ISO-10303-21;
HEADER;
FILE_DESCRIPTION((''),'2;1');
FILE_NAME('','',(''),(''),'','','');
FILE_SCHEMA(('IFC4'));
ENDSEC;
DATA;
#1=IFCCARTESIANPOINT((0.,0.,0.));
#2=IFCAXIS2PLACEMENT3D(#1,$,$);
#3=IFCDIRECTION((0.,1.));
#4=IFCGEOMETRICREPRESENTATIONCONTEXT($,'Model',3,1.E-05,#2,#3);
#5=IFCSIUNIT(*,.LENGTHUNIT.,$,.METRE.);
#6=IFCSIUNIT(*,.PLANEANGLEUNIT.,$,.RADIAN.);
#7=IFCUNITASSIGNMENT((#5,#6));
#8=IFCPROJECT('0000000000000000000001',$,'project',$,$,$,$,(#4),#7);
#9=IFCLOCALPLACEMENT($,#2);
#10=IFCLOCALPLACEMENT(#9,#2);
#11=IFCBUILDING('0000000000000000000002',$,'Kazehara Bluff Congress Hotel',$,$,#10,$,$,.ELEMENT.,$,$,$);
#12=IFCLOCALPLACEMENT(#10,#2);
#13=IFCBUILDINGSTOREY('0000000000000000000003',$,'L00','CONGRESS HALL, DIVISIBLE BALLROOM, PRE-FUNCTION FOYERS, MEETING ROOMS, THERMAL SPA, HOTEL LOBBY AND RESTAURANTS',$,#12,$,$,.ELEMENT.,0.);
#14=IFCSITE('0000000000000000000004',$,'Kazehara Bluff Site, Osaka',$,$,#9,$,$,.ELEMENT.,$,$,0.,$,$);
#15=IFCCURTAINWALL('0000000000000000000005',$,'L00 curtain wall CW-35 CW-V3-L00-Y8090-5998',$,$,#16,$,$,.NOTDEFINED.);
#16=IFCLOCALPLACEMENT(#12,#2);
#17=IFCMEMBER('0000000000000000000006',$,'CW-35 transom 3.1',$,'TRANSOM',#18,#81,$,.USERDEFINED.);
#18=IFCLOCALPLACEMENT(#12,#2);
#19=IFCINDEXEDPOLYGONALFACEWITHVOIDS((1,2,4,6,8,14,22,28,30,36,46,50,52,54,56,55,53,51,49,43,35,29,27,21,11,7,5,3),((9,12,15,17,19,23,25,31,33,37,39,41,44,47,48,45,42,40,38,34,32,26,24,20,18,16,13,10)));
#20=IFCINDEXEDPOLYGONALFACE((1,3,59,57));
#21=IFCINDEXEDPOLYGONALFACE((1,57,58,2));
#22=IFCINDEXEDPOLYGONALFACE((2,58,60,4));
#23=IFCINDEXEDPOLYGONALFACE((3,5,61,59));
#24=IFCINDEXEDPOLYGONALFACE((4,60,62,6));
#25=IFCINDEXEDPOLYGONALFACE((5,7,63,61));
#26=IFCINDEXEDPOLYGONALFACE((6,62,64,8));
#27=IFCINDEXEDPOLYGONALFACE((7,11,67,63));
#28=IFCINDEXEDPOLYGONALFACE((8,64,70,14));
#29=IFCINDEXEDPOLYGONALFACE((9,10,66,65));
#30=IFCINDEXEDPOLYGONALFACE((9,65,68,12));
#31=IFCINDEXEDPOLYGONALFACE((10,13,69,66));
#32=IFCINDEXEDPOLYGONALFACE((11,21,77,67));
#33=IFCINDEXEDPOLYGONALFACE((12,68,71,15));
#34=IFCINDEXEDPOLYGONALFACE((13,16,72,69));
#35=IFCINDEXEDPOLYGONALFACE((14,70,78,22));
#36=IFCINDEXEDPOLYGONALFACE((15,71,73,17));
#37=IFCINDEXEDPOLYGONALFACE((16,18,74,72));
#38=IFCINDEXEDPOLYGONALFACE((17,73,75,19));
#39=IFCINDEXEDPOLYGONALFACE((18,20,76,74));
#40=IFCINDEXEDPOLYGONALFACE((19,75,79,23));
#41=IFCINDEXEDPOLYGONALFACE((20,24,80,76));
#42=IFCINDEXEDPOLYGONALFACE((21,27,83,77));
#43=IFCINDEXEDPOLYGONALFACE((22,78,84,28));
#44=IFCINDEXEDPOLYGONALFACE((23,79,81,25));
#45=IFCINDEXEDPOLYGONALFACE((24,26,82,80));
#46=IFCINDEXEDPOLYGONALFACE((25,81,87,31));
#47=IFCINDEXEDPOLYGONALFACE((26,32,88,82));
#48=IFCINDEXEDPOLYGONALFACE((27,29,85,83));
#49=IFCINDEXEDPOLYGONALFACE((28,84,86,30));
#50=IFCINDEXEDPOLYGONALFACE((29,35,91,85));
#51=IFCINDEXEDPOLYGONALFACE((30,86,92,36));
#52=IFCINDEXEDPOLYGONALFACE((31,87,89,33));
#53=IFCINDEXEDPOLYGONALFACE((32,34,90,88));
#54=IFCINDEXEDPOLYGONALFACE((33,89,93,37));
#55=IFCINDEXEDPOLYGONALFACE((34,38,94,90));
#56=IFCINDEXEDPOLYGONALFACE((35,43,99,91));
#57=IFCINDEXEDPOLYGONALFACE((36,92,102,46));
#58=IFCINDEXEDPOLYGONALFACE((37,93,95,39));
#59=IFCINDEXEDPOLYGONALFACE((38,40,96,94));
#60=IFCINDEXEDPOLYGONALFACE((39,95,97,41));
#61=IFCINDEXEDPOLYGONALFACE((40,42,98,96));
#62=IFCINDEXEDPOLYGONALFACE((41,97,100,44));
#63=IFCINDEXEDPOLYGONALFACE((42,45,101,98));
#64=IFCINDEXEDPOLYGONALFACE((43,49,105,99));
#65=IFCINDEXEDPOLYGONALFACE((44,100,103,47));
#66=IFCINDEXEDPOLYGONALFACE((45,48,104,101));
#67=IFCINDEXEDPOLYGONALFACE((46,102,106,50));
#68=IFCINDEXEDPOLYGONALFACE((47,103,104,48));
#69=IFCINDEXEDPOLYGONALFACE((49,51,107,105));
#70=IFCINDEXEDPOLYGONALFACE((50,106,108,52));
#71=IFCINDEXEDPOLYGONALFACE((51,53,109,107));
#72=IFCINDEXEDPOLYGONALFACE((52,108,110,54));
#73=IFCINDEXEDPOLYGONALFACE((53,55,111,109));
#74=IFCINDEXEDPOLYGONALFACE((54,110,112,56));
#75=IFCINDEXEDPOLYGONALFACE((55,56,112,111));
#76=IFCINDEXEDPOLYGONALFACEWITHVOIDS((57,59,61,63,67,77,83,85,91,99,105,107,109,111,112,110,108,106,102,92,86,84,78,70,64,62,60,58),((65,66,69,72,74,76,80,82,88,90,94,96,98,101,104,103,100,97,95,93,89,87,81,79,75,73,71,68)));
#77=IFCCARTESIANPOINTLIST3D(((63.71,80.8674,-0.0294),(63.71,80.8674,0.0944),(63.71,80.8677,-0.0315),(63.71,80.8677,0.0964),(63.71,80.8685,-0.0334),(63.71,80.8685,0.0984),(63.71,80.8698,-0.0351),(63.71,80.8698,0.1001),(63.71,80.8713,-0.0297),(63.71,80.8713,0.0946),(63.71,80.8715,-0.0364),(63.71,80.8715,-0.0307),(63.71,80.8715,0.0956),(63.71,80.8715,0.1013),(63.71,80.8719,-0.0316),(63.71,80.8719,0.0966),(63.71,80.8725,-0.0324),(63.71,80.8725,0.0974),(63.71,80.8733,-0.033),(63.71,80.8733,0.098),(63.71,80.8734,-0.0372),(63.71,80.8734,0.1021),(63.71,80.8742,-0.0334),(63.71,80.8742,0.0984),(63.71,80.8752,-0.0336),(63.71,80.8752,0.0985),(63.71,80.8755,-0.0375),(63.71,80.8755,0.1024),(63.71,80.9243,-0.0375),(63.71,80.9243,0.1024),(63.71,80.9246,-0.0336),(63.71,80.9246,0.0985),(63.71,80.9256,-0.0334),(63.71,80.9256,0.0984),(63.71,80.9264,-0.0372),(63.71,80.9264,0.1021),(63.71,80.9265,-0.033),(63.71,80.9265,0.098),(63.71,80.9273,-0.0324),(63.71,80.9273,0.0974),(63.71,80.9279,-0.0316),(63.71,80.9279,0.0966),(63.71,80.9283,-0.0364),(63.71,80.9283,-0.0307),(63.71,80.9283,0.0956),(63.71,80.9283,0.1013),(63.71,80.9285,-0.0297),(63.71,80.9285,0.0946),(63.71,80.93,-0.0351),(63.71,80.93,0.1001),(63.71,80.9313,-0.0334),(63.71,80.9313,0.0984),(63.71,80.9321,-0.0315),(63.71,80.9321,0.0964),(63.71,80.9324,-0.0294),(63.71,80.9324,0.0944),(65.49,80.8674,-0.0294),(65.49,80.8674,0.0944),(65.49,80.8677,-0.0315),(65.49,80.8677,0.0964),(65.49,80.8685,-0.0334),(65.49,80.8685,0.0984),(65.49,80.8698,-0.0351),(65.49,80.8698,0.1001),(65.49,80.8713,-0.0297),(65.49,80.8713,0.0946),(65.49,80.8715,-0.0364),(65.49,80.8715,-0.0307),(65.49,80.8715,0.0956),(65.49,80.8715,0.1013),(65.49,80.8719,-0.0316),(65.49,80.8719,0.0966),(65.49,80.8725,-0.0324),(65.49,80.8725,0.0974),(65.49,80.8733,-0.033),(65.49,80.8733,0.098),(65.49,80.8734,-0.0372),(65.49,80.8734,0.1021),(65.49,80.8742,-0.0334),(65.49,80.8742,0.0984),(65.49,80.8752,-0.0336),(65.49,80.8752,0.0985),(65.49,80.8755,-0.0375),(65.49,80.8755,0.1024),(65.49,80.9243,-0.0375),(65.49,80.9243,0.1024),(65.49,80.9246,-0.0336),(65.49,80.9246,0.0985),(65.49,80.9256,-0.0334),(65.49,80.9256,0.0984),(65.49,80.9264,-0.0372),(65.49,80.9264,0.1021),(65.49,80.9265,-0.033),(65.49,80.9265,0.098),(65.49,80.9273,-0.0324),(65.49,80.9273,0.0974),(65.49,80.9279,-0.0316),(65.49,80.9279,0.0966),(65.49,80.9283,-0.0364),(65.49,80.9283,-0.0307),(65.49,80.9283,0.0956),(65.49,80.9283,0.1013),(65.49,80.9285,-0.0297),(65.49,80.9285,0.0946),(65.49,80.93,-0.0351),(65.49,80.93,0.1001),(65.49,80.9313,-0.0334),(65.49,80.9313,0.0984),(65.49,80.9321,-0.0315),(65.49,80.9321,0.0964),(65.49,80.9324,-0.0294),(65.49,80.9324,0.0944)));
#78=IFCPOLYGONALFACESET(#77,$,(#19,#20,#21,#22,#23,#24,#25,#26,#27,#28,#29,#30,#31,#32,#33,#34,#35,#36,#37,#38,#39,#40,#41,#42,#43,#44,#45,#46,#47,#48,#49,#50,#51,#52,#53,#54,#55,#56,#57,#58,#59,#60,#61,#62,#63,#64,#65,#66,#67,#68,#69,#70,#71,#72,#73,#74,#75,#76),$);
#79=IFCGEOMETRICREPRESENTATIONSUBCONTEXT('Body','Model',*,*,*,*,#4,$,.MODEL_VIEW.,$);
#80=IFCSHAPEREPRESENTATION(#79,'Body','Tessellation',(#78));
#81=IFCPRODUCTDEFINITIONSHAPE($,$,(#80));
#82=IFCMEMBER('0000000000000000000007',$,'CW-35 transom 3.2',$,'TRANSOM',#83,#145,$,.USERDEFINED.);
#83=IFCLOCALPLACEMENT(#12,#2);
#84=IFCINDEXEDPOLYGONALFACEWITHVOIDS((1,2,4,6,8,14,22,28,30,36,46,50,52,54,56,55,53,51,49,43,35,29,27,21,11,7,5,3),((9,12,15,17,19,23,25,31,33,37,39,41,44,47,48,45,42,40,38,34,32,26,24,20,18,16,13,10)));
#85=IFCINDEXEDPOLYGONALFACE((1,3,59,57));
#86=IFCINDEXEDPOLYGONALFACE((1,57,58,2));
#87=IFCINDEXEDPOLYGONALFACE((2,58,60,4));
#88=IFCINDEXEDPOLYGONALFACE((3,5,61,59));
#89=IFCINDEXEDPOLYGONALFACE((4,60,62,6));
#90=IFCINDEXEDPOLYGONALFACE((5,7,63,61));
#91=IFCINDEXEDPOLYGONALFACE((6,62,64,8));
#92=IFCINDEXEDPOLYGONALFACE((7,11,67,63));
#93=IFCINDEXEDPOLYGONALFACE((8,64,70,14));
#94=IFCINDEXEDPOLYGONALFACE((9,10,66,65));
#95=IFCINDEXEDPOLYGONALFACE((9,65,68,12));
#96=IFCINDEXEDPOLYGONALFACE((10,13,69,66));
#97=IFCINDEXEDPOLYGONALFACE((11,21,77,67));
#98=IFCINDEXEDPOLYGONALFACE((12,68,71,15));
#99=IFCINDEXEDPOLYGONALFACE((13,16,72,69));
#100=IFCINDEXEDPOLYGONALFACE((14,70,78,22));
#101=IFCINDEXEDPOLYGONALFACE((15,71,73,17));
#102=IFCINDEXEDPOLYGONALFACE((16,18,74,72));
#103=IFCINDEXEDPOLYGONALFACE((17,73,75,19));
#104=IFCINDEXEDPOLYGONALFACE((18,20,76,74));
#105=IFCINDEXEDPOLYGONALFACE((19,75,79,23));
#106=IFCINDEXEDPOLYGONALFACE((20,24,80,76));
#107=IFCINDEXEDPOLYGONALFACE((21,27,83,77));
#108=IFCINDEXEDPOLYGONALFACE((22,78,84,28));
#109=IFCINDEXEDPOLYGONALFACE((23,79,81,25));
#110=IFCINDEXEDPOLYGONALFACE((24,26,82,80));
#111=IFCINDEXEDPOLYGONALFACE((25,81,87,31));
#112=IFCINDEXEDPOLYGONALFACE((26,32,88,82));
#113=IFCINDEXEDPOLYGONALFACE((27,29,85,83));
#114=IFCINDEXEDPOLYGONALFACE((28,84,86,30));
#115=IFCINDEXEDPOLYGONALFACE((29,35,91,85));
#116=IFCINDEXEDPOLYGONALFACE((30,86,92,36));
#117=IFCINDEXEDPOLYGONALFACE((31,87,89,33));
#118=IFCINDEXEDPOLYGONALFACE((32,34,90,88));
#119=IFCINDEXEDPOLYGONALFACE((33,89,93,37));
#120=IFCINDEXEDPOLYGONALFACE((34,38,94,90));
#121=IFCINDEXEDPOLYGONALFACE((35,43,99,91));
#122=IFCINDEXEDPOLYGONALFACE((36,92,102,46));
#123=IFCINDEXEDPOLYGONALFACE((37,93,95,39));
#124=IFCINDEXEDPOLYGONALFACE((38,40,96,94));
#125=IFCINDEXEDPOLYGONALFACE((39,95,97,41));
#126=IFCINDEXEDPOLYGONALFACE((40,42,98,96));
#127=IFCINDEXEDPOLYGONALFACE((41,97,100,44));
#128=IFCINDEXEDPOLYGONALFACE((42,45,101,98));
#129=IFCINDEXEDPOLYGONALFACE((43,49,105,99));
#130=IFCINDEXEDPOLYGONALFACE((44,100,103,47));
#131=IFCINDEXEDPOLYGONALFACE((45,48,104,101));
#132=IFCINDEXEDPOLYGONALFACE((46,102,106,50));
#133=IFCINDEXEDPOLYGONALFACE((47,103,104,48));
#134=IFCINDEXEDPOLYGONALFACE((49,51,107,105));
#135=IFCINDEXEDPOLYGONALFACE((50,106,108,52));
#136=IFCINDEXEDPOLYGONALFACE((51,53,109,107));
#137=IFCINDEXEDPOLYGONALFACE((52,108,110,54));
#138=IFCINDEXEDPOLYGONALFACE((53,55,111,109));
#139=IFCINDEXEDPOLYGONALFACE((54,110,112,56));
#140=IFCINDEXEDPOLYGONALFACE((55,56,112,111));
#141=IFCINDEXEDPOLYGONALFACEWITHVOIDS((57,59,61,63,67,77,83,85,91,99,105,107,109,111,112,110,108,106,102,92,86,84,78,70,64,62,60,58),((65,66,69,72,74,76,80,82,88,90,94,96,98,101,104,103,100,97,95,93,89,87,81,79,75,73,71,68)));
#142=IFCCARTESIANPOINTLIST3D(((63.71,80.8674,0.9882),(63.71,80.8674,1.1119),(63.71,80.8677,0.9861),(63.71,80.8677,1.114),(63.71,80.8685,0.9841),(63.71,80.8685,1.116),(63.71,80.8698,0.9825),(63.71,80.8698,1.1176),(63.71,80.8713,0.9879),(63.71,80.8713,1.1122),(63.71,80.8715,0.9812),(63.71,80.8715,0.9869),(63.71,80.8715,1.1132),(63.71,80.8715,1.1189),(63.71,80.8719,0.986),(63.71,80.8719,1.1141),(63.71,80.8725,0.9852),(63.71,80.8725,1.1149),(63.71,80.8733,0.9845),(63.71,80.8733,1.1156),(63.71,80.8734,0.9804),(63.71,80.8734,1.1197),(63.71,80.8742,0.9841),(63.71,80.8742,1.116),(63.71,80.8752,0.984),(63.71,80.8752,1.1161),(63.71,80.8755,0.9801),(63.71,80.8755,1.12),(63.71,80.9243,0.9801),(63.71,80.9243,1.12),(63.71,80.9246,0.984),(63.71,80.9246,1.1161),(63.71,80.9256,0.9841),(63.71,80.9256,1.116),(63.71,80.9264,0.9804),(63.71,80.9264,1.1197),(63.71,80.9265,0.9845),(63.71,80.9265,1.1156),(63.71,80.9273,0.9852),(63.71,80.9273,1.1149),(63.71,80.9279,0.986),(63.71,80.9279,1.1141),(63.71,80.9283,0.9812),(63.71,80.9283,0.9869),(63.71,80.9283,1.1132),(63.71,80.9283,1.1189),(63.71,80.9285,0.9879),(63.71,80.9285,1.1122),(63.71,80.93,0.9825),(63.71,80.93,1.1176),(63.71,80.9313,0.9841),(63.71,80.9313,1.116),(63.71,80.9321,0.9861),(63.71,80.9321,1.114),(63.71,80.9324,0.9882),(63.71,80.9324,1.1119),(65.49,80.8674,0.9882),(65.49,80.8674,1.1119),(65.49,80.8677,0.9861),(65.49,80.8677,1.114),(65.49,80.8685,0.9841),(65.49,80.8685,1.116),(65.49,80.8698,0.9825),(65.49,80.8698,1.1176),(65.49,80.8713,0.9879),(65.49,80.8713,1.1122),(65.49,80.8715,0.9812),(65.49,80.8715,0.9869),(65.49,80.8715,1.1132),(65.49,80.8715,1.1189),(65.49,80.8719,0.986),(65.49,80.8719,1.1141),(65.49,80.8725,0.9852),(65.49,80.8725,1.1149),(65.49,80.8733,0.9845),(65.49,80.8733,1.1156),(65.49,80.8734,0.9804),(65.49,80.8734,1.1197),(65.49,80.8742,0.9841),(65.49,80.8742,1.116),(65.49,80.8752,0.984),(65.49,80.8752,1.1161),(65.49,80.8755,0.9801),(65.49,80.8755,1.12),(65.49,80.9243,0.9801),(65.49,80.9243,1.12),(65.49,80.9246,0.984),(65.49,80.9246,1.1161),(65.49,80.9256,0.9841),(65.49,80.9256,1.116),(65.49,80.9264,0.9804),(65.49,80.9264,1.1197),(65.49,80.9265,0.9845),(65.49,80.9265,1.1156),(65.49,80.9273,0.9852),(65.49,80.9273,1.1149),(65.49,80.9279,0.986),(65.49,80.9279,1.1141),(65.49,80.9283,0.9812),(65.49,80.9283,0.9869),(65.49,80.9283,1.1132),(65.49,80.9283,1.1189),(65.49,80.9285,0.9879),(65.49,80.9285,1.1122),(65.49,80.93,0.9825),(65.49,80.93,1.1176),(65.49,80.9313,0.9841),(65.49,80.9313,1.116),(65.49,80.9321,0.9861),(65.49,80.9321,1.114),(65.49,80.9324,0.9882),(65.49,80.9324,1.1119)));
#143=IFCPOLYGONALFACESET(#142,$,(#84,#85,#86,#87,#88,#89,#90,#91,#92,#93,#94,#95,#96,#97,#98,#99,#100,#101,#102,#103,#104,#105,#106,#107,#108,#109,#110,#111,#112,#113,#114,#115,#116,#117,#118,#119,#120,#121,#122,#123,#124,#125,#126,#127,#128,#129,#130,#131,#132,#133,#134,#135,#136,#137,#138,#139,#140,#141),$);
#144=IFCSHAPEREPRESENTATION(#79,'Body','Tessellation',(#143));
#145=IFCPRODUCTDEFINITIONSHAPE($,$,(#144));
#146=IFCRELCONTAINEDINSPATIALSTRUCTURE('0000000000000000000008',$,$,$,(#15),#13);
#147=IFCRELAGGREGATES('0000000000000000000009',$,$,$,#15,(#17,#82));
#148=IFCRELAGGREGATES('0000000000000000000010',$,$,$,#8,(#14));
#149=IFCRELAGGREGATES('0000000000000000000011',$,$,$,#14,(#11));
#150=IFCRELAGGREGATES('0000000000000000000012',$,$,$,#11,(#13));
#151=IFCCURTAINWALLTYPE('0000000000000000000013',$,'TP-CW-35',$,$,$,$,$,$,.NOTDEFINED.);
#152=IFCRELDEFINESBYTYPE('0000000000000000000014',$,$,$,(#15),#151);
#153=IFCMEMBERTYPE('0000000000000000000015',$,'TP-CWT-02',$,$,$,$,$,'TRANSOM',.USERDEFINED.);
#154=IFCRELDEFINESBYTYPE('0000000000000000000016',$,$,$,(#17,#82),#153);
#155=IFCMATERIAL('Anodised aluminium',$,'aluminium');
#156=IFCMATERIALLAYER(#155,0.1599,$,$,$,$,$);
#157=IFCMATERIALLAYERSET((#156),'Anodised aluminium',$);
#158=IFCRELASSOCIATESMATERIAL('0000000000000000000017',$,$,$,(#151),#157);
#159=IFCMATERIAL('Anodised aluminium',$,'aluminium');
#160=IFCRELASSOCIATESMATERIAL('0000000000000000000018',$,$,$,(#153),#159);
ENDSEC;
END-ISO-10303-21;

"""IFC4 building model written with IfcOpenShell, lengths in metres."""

from ifc_helpers import new_model, si_unit, direction, frame, origin, origin_2d, place, context, subcontext, project, spatial, hollow_rectangle, extrude, material, layer, layer_set, material_profile, profile_set, type_object, element, aggregate, save


model = new_model("IFC4")

# Units and contexts
model_context = context("Model", 3, precision=1e-05, world=origin(), true_north=direction((0.0, 1.0)))
body_context = subcontext(model_context, "Body", "Model", "MODEL_VIEW")
ifc_project = project(units=[si_unit("LENGTHUNIT", "METRE"), si_unit("PLANEANGLEUNIT", "RADIAN")], contexts=[model_context])

# Site, building, storey
site_placement = place(None, origin())
site = spatial("IfcSite", under=ifc_project, at=site_placement, Name="Kazehara Bluff Site, Osaka", CompositionType="ELEMENT", RefElevation=0.0)
building_placement = place(site_placement, origin())
building = spatial("IfcBuilding", under=site, at=building_placement, Name="Kazehara Bluff Congress Hotel", CompositionType="ELEMENT")
storey_placement = place(building_placement, origin())
storey = spatial("IfcBuildingStorey", under=building, at=storey_placement, Name="L00", Description="CONGRESS HALL, DIVISIBLE BALLROOM, PRE-FUNCTION FOYERS, MEETING ROOMS, THERMAL SPA, HOTEL LOBBY AND RESTAURANTS", CompositionType="ELEMENT", Elevation=0.0)

# Curtain wall
ifc_material_1 = material(Name="Anodised aluminium", Category="aluminium")
ifc_layer_1 = layer(ifc_material_1, 0.1599)
ifc_layer_set_1 = layer_set([ifc_layer_1], Name="Anodised aluminium")
curtain_wall_type_1 = type_object("IfcCurtainWallType", Name="TP-CW-35", PredefinedType="NOTDEFINED", material=ifc_layer_set_1)
curtain_wall_1_placement = place(storey_placement, origin())
curtain_wall_1 = element("IfcCurtainWall", 1, at=curtain_wall_1_placement, inside=storey, type_object=curtain_wall_type_1, Name="L00 curtain wall CW-35 CW-V3-L00-Y8090-5998", PredefinedType="NOTDEFINED")

# Shared definitions
ifc_material_2 = material(Name="Anodised aluminium", Category="aluminium")
ifc_material_profile_1 = material_profile(ifc_material_2, hollow_rectangle(XDim=0.0649, YDim=0.1399, WallThickness=0.0039, InnerFilletRadius=0.0039, OuterFilletRadius=0.0081, at=origin_2d()))
ifc_profile_set_1 = profile_set([ifc_material_profile_1], Name="Anodised aluminium")
member_type_1 = type_object("IfcMemberType", Name="TP-CWT-02", ElementType="TRANSOM", PredefinedType="USERDEFINED", material=ifc_profile_set_1)

# Members
member_1_placement = place(storey_placement, frame((63.71, 80.8999, 0.0325), z_axis=(1.0, 0.0, 0.0), x_axis=(0.0, 1.0, 0.0)))
member_1 = element("IfcMember", 2, at=member_1_placement, type_object=member_type_1, Name="CW-35 transom 3.1", ObjectType="TRANSOM", PredefinedType="USERDEFINED", context=body_context, shape_type="SweptSolid", body=[
    extrude(hollow_rectangle(XDim=0.0649, YDim=0.1399, WallThickness=0.0039, InnerFilletRadius=0.0039, OuterFilletRadius=0.0081, at=origin_2d()), origin(), (0.0, 0.0, 1.0), 1.78),
])
member_2_placement = place(storey_placement, frame((63.71, 80.8999, 1.05), z_axis=(1.0, 0.0, 0.0), x_axis=(0.0, 1.0, 0.0)))
member_2 = element("IfcMember", 3, at=member_2_placement, type_object=member_type_1, Name="CW-35 transom 3.2", ObjectType="TRANSOM", PredefinedType="USERDEFINED", context=body_context, shape_type="SweptSolid", body=[
    extrude(hollow_rectangle(XDim=0.0649, YDim=0.1399, WallThickness=0.0039, InnerFilletRadius=0.0039, OuterFilletRadius=0.0081, at=origin_2d()), origin(), (0.0, 0.0, 1.0), 1.78),
])

aggregate(curtain_wall_1, [member_1, member_2])

save(model, "model.ifc")
